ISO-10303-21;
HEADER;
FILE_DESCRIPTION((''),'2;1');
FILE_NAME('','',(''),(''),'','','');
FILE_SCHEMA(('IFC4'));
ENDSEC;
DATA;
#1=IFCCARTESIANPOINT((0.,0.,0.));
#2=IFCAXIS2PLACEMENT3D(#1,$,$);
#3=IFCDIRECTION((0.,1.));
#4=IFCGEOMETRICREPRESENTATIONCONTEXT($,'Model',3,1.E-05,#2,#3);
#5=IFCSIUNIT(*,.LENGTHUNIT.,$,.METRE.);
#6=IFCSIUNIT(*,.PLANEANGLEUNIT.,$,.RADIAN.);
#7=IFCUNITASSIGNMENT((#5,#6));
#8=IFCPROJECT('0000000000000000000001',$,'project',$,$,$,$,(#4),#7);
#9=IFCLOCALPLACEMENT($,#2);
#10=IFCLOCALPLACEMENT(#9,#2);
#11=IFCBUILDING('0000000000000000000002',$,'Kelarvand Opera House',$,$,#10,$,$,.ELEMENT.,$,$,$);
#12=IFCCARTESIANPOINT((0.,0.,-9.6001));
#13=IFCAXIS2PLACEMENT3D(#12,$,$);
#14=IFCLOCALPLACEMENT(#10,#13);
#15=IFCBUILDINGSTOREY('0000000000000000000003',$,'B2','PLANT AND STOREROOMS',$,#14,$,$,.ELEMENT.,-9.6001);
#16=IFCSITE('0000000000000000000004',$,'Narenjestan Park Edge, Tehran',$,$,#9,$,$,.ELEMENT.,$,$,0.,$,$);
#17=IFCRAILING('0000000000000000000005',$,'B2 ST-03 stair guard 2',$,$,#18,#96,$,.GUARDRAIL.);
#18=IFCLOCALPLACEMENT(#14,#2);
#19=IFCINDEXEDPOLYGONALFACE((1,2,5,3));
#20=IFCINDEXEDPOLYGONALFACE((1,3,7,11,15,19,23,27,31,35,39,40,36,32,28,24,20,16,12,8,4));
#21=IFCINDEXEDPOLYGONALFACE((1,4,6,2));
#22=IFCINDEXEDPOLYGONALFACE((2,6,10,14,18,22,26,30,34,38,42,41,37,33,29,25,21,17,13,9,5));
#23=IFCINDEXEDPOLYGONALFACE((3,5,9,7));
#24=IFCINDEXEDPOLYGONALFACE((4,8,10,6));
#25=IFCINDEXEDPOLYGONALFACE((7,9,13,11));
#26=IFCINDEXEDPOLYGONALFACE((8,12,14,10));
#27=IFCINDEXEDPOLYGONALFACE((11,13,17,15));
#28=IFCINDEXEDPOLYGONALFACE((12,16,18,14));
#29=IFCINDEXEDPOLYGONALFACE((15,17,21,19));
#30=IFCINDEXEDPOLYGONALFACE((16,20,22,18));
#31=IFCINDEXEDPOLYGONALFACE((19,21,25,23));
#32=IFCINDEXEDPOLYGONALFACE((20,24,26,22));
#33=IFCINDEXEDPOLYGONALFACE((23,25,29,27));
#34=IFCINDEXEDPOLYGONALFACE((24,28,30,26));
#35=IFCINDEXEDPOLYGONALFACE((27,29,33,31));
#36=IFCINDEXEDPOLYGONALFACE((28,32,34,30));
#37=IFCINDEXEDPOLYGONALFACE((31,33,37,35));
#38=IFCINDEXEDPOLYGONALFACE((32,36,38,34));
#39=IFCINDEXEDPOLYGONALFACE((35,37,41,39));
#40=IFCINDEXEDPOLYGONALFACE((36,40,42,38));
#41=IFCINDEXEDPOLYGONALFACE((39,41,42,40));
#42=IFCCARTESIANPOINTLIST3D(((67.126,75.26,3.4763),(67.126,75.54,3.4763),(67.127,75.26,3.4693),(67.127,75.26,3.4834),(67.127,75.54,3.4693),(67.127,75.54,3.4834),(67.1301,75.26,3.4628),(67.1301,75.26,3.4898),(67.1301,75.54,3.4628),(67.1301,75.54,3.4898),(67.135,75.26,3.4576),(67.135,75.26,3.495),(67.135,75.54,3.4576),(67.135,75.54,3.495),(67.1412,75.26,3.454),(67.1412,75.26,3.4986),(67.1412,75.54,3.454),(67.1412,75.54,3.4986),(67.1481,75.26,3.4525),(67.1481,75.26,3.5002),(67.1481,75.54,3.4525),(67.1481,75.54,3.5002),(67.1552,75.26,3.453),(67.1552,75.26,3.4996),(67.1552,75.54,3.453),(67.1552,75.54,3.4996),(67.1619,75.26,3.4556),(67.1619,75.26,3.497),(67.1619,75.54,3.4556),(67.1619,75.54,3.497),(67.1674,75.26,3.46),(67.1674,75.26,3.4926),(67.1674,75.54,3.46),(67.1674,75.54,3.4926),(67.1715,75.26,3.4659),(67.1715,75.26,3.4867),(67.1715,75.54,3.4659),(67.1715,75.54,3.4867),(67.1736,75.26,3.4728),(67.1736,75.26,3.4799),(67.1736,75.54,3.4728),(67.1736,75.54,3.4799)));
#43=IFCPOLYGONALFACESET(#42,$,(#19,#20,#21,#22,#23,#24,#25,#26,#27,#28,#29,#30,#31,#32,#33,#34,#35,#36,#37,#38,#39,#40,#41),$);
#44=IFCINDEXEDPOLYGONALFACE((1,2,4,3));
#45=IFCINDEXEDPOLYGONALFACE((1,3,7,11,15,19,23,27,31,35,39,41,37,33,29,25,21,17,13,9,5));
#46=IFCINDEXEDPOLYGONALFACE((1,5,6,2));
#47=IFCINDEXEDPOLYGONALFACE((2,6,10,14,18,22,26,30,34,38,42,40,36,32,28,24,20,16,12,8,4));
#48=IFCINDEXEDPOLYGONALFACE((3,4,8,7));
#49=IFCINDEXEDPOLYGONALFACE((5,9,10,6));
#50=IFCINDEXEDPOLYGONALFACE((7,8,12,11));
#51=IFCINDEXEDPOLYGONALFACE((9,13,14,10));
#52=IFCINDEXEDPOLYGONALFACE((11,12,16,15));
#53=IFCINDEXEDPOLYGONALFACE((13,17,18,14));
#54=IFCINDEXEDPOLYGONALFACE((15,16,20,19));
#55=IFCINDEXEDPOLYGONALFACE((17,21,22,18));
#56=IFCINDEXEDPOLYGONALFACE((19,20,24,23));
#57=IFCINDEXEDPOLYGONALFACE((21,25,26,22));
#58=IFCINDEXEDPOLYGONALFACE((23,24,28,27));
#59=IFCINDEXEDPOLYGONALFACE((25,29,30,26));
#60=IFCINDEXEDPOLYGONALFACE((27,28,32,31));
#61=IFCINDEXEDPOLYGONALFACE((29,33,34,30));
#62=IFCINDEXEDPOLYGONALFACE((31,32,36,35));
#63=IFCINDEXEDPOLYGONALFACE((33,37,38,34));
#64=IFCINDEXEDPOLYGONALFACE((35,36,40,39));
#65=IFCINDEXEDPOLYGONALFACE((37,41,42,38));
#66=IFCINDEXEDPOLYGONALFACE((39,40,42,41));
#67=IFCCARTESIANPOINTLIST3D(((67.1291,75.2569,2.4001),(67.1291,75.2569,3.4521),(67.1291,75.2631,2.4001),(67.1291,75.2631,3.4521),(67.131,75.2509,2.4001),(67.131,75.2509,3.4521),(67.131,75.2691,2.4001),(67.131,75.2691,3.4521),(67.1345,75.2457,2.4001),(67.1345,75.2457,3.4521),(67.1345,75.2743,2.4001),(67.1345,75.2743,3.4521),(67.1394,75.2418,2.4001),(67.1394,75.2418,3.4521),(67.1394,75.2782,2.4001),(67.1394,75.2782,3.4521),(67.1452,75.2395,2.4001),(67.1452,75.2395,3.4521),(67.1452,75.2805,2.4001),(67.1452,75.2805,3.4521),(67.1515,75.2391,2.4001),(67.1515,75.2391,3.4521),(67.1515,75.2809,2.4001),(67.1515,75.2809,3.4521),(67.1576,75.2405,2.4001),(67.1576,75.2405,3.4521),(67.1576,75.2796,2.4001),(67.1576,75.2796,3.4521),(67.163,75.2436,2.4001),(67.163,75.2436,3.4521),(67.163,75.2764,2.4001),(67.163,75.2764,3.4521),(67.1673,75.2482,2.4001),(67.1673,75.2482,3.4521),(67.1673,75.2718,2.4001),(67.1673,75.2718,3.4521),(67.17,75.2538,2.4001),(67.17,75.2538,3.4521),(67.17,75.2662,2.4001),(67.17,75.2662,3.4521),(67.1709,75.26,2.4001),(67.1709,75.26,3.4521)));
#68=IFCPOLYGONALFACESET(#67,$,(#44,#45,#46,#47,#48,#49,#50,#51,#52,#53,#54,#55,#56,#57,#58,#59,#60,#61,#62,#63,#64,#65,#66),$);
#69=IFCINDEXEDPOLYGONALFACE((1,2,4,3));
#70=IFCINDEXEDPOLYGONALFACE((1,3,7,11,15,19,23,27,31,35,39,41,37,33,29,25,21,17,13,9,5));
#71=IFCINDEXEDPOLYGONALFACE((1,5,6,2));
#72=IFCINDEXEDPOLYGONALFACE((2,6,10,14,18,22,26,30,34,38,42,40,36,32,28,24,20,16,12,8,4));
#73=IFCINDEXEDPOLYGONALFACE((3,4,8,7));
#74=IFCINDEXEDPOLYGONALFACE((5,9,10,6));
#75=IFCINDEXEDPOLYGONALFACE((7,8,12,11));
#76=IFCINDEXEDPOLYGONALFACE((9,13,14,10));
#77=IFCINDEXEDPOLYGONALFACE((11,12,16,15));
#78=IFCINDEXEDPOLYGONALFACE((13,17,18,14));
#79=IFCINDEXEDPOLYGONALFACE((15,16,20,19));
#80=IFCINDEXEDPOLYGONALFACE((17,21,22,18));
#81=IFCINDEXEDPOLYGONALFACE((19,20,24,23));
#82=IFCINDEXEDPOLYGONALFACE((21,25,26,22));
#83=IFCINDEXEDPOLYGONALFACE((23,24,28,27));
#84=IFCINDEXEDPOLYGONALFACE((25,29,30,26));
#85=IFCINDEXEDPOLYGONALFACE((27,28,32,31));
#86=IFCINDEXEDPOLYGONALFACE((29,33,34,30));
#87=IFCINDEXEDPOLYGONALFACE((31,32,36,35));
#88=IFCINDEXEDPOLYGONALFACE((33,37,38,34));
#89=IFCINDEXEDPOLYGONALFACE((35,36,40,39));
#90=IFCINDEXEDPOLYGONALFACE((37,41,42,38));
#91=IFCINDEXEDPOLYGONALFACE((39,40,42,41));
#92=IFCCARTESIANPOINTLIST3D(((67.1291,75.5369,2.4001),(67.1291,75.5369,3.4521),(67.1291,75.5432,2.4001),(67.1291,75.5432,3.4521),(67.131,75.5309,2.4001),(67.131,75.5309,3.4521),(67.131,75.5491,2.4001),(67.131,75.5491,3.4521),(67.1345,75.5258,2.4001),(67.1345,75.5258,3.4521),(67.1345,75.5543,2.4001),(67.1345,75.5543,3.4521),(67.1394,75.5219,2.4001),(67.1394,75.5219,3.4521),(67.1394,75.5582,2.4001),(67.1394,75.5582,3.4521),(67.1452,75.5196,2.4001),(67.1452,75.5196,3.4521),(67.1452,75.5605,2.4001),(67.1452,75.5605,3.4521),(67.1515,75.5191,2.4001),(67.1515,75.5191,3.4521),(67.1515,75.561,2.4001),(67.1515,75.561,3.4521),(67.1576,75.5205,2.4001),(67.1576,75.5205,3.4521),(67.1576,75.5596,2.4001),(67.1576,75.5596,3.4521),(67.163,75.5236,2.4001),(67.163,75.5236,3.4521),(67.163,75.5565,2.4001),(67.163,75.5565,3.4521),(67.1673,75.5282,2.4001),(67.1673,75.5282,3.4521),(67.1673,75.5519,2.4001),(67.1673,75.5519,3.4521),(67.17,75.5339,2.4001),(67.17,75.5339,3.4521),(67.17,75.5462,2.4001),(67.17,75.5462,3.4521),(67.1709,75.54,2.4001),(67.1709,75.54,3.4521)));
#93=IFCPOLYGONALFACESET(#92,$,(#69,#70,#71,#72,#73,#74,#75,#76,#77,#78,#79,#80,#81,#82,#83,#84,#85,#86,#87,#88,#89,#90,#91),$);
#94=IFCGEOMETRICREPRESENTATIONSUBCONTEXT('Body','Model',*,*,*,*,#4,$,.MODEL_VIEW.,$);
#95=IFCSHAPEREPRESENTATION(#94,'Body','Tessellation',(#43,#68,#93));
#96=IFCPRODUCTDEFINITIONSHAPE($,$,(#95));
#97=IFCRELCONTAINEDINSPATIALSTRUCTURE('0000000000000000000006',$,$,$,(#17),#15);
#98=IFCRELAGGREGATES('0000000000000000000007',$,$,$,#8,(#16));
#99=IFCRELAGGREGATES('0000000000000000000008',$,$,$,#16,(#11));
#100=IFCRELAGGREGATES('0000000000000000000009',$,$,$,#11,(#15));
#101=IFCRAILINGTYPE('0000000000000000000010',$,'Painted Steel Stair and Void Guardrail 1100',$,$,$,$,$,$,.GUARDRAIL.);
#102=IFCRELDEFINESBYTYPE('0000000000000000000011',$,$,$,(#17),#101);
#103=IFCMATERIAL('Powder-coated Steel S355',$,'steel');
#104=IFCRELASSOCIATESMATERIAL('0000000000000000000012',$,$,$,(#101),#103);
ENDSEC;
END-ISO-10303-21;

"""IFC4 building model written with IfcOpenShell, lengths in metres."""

from ifc_helpers import new_model, si_unit, direction, frame, origin, origin_2d, place, context, subcontext, project, spatial, circle, extrude, material, type_object, element, save


model = new_model("IFC4")

# Units and contexts
model_context = context("Model", 3, precision=1e-05, world=origin(), true_north=direction((0.0, 1.0)))
body_context = subcontext(model_context, "Body", "Model", "MODEL_VIEW")
ifc_project = project(units=[si_unit("LENGTHUNIT", "METRE"), si_unit("PLANEANGLEUNIT", "RADIAN")], contexts=[model_context])

# Site, building, storey
site_placement = place(None, origin())
site = spatial("IfcSite", under=ifc_project, at=site_placement, Name="Narenjestan Park Edge, Tehran", CompositionType="ELEMENT", RefElevation=0.0)
building_placement = place(site_placement, origin())
building = spatial("IfcBuilding", under=site, at=building_placement, Name="Kelarvand Opera House", CompositionType="ELEMENT")
storey_placement = place(building_placement, frame((0.0, 0.0, -9.6001)))
storey = spatial("IfcBuildingStorey", under=building, at=storey_placement, Name="B2", Description="PLANT AND STOREROOMS", CompositionType="ELEMENT", Elevation=-9.6001)

# Railing
ifc_material_1 = material(Name="Powder-coated Steel S355", Category="steel")
railing_type = type_object("IfcRailingType", Name="Painted Steel Stair and Void Guardrail 1100", PredefinedType="GUARDRAIL", material=ifc_material_1)
railing_1_placement = place(storey_placement, frame((67.1499, 75.26, 2.4001)))
element("IfcRailing", 1, at=railing_1_placement, inside=storey, type_object=railing_type, Name="B2 ST-03 stair guard 2", PredefinedType="GUARDRAIL", context=body_context, shape_type="SweptSolid", body=[
    extrude(circle(Radius=0.0239, at=origin_2d()), frame((0.0, 0.0, 1.0762), z_axis=(0.0, 1.0, 0.0), x_axis=(-1.0, 0.0, 0.0)), (0.0, 0.0, 1.0), 0.28),
    extrude(circle(Radius=0.021, at=origin_2d()), origin(), (0.0, 0.0, 1.0), 1.052),
    extrude(circle(Radius=0.021, at=origin_2d()), frame((0.0, 0.28, 0.0)), (0.0, 0.0, 1.0), 1.052),
])

save(model, "model.ifc")
